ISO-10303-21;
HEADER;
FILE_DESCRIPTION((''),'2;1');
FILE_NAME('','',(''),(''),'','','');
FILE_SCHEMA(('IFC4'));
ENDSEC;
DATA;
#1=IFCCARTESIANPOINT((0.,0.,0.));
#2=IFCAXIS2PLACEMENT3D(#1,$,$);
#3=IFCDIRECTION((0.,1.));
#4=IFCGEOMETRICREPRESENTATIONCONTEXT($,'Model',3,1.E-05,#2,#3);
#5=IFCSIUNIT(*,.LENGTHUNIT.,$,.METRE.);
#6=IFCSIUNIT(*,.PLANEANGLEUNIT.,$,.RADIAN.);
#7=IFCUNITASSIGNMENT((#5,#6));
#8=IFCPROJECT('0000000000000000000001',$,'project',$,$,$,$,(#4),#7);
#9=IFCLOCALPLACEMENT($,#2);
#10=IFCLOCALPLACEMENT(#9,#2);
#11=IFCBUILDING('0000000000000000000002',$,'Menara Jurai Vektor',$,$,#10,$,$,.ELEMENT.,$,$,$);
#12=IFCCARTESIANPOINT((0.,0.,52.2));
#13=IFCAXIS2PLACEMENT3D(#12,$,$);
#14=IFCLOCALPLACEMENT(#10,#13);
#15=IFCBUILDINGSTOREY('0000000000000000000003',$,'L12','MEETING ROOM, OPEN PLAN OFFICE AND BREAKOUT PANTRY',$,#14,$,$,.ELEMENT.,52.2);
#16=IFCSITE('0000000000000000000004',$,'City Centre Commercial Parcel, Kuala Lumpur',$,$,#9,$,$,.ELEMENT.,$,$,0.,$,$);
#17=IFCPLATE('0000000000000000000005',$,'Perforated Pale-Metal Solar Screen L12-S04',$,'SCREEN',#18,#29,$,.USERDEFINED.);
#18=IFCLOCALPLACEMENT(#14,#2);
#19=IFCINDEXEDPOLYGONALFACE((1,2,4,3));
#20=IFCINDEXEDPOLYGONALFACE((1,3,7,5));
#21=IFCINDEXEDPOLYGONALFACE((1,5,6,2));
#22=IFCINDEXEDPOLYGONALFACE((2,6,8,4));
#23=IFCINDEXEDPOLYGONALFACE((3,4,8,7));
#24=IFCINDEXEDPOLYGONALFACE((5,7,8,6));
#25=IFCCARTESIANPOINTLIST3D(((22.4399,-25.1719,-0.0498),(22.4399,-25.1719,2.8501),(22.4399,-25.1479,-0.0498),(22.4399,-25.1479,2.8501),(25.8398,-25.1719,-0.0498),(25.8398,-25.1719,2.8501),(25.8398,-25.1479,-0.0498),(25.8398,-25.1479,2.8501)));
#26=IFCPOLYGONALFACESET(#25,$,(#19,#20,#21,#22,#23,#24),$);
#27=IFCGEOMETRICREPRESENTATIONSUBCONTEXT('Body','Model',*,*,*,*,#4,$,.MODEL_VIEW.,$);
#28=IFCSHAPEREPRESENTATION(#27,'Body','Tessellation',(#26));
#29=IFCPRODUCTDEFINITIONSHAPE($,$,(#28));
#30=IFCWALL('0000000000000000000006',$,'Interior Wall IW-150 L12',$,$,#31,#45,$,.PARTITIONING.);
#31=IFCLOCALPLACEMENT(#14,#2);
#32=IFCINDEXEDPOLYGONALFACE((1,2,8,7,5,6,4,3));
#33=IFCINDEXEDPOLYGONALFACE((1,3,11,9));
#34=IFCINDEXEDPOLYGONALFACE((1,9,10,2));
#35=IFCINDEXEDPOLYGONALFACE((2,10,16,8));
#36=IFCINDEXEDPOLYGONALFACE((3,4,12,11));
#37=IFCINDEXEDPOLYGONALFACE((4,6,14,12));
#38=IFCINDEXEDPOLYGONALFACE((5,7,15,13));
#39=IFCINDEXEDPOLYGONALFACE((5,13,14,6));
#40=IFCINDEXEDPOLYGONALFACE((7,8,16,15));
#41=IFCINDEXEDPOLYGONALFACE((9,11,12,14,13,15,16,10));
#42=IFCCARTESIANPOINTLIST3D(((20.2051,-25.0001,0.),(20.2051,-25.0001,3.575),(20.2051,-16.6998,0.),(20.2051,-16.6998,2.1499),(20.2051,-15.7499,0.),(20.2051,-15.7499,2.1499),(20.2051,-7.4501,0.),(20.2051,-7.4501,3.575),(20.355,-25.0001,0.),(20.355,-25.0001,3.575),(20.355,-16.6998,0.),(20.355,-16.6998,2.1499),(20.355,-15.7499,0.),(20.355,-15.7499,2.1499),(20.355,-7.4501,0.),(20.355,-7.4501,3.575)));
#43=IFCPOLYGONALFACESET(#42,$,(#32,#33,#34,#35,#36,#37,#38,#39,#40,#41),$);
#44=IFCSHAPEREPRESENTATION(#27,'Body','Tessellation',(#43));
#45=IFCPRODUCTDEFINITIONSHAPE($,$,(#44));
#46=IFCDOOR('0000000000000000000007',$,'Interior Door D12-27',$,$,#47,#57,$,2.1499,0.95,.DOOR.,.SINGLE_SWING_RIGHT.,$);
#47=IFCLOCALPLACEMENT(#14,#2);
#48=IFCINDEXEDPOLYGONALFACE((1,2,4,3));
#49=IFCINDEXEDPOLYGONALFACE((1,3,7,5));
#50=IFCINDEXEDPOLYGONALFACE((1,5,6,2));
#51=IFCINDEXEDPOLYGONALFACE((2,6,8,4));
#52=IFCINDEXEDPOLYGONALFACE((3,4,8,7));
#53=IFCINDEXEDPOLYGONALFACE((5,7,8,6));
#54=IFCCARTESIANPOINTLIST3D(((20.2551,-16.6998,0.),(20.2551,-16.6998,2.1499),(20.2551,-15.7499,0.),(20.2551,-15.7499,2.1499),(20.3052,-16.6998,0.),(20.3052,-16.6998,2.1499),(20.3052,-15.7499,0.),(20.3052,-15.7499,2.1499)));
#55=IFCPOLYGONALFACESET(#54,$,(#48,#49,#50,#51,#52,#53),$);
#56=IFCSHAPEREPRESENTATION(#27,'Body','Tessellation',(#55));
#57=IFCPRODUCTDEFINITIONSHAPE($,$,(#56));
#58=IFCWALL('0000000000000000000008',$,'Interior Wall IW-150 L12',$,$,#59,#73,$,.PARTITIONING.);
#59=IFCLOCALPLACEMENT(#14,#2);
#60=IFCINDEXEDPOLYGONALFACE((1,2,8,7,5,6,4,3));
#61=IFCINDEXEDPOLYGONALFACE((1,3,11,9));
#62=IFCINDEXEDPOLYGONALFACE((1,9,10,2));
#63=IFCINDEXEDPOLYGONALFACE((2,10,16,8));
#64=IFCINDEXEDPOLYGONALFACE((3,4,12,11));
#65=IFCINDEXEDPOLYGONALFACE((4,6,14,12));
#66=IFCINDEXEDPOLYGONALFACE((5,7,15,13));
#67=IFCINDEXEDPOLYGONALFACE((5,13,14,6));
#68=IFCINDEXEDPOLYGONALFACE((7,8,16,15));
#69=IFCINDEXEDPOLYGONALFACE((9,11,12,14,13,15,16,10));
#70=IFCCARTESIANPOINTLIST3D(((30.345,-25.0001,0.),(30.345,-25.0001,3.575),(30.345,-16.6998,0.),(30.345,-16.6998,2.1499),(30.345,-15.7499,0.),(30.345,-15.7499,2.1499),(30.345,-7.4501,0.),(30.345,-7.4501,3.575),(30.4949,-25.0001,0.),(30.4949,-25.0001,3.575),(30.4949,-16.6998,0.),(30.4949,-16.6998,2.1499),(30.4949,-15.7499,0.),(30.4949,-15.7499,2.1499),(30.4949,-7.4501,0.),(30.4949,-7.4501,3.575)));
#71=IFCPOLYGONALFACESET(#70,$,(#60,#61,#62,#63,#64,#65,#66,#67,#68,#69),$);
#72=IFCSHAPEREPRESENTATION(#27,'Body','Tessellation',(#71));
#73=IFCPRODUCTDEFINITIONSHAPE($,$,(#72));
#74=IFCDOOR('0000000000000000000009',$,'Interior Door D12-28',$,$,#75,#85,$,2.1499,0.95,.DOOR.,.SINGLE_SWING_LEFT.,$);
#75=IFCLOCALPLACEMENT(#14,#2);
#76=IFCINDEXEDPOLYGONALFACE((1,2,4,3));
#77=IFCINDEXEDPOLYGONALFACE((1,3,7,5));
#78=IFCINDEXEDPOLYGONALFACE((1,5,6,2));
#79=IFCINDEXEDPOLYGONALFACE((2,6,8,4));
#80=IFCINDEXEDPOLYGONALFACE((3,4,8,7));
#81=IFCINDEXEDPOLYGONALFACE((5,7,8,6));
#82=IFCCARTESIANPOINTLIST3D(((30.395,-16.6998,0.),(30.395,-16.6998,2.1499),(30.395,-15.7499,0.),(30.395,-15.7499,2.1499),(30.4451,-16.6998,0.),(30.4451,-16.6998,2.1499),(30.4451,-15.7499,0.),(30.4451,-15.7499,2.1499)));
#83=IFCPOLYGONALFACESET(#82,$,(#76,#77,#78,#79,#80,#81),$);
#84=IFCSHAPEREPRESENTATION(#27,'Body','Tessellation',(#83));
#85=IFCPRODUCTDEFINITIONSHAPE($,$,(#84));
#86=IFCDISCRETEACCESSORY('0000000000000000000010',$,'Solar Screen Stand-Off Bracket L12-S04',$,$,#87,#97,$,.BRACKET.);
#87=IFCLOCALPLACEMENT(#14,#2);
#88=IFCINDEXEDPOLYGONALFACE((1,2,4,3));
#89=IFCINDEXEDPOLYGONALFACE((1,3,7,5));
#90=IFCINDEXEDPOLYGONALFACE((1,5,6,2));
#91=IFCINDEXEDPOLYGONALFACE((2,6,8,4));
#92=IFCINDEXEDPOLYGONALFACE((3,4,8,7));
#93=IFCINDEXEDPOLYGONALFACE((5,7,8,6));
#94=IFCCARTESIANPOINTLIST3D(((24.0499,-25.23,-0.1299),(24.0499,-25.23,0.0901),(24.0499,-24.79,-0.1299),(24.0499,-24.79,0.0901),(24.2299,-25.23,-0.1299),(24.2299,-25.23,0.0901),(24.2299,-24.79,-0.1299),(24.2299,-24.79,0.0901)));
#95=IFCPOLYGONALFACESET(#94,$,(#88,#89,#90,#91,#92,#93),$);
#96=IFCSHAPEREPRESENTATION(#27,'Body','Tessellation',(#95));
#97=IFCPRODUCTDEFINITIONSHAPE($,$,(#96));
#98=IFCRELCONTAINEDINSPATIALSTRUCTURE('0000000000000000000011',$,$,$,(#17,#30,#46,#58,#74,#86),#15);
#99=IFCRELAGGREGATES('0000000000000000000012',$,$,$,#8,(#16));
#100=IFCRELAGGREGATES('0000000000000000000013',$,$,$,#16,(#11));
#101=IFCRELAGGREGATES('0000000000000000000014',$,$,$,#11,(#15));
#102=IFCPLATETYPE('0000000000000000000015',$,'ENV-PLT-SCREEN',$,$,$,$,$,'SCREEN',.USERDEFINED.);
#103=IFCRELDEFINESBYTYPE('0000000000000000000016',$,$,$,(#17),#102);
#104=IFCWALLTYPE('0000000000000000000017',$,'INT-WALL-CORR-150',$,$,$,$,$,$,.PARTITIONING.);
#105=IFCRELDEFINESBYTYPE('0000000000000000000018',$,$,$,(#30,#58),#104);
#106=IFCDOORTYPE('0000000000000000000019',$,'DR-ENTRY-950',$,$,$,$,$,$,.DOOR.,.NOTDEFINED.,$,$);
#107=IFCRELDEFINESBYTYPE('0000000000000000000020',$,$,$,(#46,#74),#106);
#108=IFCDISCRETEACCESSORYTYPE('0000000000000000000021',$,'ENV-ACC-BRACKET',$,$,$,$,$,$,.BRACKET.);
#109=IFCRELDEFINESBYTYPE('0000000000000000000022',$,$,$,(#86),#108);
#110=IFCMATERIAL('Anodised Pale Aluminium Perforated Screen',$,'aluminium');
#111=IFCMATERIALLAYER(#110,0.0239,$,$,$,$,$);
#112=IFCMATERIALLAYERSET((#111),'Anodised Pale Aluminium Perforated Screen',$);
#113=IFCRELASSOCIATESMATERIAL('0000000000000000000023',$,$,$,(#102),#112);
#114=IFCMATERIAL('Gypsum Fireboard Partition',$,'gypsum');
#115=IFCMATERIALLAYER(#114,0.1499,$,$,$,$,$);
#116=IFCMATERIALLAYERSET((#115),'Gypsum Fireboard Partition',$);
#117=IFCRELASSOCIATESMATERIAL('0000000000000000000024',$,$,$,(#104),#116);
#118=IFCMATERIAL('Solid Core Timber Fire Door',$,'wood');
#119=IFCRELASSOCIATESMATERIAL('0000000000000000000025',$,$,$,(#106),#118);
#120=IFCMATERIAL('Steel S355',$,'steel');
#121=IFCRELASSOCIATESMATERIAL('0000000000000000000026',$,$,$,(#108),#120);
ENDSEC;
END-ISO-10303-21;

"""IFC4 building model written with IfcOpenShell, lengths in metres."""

from ifc_helpers import new_model, si_unit, direction, frame, frame_2d, origin, origin_2d, place, context, subcontext, project, spatial, rectangle, extrude, material, layer, layer_set, type_object, element, fill, save


model = new_model("IFC4")

# Units and contexts
model_context = context("Model", 3, precision=1e-05, world=origin(), true_north=direction((0.0, 1.0)))
body_context = subcontext(model_context, "Body", "Model", "MODEL_VIEW")
ifc_project = project(units=[si_unit("LENGTHUNIT", "METRE"), si_unit("PLANEANGLEUNIT", "RADIAN")], contexts=[model_context])

# Site, building, storey
site_placement = place(None, origin())
site = spatial("IfcSite", under=ifc_project, at=site_placement, Name="City Centre Commercial Parcel, Kuala Lumpur", CompositionType="ELEMENT", RefElevation=0.0)
building_placement = place(site_placement, origin())
building = spatial("IfcBuilding", under=site, at=building_placement, Name="Menara Jurai Vektor", CompositionType="ELEMENT")
storey_placement = place(building_placement, frame((0.0, 0.0, 52.2)))
storey = spatial("IfcBuildingStorey", under=building, at=storey_placement, Name="L12", Description="MEETING ROOM, OPEN PLAN OFFICE AND BREAKOUT PANTRY", CompositionType="ELEMENT", Elevation=52.2)

# Shared definitions
ifc_material_1 = material(Name="Steel S355", Category="steel")

# Plate
ifc_material_2 = material(Name="Anodised Pale Aluminium Perforated Screen", Category="aluminium")
ifc_layer_1 = layer(ifc_material_2, 0.0239)
ifc_layer_set_1 = layer_set([ifc_layer_1], Name="Anodised Pale Aluminium Perforated Screen")
plate_type_1 = type_object("IfcPlateType", Name="ENV-PLT-SCREEN", ElementType="SCREEN", PredefinedType="USERDEFINED", material=ifc_layer_set_1)
plate_1_placement = place(storey_placement, frame((24.1399, -25.1599, -0.0498), z_axis=(0.0, 0.0, 1.0), x_axis=(1.0, 0.0, 0.0)))
element("IfcPlate", 1, at=plate_1_placement, inside=storey, type_object=plate_type_1, Name="Perforated Pale-Metal Solar Screen L12-S04", ObjectType="SCREEN", PredefinedType="USERDEFINED", context=body_context, shape_type="SweptSolid", body=[
    extrude(rectangle(XDim=3.3999, YDim=0.0239, at=origin_2d()), origin(), (0.0, 0.0, 1.0), 2.8999),
])

# Walls, openings, doors
ifc_material_3 = material(Name="Gypsum Fireboard Partition", Category="gypsum")
ifc_layer_2 = layer(ifc_material_3, 0.1499)
ifc_layer_set_2 = layer_set([ifc_layer_2], Name="Gypsum Fireboard Partition")
wall_type = type_object("IfcWallType", Name="INT-WALL-CORR-150", PredefinedType="PARTITIONING", material=ifc_layer_set_2)
wall_1_placement = place(storey_placement, frame((20.28, -25.0, 0.0), z_axis=(0.0, 0.0, 1.0), x_axis=(0.0, 1.0, 0.0)))
wall_1 = element("IfcWall", 2, at=wall_1_placement, inside=storey, type_object=wall_type, Name="Interior Wall IW-150 L12", PredefinedType="PARTITIONING", context=body_context, shape_type="SweptSolid", body=[
    extrude(rectangle(XDim=17.55, YDim=0.1499, at=frame_2d((8.7749, 0.0))), origin(), (0.0, 0.0, 1.0), 3.575),
])
opening_1_placement = place(wall_1_placement, frame((8.3, 0.0, 0.0)))
opening_1 = element("IfcOpeningElement", 3, at=opening_1_placement, cuts=wall_1, PredefinedType="OPENING", context=body_context, shape_type="SweptSolid", body=[
    extrude(rectangle(XDim=0.95, YDim=2.1499, at=frame_2d((0.4751, 1.075))), frame((0.0, 0.085, 0.0), z_axis=(0.0, -1.0, 0.0), x_axis=(1.0, 0.0, 0.0)), (0.0, 0.0, 1.0), 0.1699),
])
ifc_material_4 = material(Name="Solid Core Timber Fire Door", Category="wood")
door_type = type_object("IfcDoorType", Name="DR-ENTRY-950", OperationType="NOTDEFINED", PredefinedType="DOOR", material=ifc_material_4)
door_1_placement = place(opening_1_placement, origin())
door_1 = element("IfcDoor", 4, at=door_1_placement, inside=storey, type_object=door_type, Name="Interior Door D12-27", OperationType="SINGLE_SWING_RIGHT", OverallHeight=2.1499, OverallWidth=0.95, PredefinedType="DOOR", context=body_context, shape_type="SweptSolid", body=[
    extrude(rectangle(XDim=0.95, YDim=2.1499, at=frame_2d((0.4751, 1.075))), frame((0.0, 0.0249, 0.0), z_axis=(0.0, -1.0, 0.0), x_axis=(1.0, 0.0, 0.0)), (0.0, 0.0, 1.0), 0.05),
])
fill(opening_1, door_1)
wall_2_placement = place(storey_placement, frame((30.4199, -25.0, 0.0), z_axis=(0.0, 0.0, 1.0), x_axis=(0.0, 1.0, 0.0)))
wall_2 = element("IfcWall", 5, at=wall_2_placement, inside=storey, type_object=wall_type, Name="Interior Wall IW-150 L12", PredefinedType="PARTITIONING", context=body_context, shape_type="SweptSolid", body=[
    extrude(rectangle(XDim=17.55, YDim=0.1499, at=frame_2d((8.7749, 0.0))), origin(), (0.0, 0.0, 1.0), 3.575),
])
opening_2_placement = place(wall_2_placement, frame((8.3, 0.0, 0.0)))
opening_2 = element("IfcOpeningElement", 6, at=opening_2_placement, cuts=wall_2, PredefinedType="OPENING", context=body_context, shape_type="SweptSolid", body=[
    extrude(rectangle(XDim=0.95, YDim=2.1499, at=frame_2d((0.4751, 1.075))), frame((0.0, 0.085, 0.0), z_axis=(0.0, -1.0, 0.0), x_axis=(1.0, 0.0, 0.0)), (0.0, 0.0, 1.0), 0.1699),
])
door_2_placement = place(opening_2_placement, origin())
door_2 = element("IfcDoor", 7, at=door_2_placement, inside=storey, type_object=door_type, Name="Interior Door D12-28", OperationType="SINGLE_SWING_LEFT", OverallHeight=2.1499, OverallWidth=0.95, PredefinedType="DOOR", context=body_context, shape_type="SweptSolid", body=[
    extrude(rectangle(XDim=0.95, YDim=2.1499, at=frame_2d((0.4751, 1.075))), frame((0.0, 0.0249, 0.0), z_axis=(0.0, -1.0, 0.0), x_axis=(1.0, 0.0, 0.0)), (0.0, 0.0, 1.0), 0.05),
])
fill(opening_2, door_2)

# Discrete accessory
discrete_accessory_type = type_object("IfcDiscreteAccessoryType", Name="ENV-ACC-BRACKET", PredefinedType="BRACKET", material=ifc_material_1)
discrete_accessory_placement = place(storey_placement, frame((24.1399, -25.01, -0.1299), z_axis=(0.0, 0.0, 1.0), x_axis=(1.0, 0.0, 0.0)))
element("IfcDiscreteAccessory", 8, at=discrete_accessory_placement, inside=storey, type_object=discrete_accessory_type, Name="Solar Screen Stand-Off Bracket L12-S04", PredefinedType="BRACKET", context=body_context, shape_type="SweptSolid", body=[
    extrude(rectangle(XDim=0.1799, YDim=0.4399, at=origin_2d()), origin(), (0.0, 0.0, 1.0), 0.22),
])

save(model, "model.ifc")
